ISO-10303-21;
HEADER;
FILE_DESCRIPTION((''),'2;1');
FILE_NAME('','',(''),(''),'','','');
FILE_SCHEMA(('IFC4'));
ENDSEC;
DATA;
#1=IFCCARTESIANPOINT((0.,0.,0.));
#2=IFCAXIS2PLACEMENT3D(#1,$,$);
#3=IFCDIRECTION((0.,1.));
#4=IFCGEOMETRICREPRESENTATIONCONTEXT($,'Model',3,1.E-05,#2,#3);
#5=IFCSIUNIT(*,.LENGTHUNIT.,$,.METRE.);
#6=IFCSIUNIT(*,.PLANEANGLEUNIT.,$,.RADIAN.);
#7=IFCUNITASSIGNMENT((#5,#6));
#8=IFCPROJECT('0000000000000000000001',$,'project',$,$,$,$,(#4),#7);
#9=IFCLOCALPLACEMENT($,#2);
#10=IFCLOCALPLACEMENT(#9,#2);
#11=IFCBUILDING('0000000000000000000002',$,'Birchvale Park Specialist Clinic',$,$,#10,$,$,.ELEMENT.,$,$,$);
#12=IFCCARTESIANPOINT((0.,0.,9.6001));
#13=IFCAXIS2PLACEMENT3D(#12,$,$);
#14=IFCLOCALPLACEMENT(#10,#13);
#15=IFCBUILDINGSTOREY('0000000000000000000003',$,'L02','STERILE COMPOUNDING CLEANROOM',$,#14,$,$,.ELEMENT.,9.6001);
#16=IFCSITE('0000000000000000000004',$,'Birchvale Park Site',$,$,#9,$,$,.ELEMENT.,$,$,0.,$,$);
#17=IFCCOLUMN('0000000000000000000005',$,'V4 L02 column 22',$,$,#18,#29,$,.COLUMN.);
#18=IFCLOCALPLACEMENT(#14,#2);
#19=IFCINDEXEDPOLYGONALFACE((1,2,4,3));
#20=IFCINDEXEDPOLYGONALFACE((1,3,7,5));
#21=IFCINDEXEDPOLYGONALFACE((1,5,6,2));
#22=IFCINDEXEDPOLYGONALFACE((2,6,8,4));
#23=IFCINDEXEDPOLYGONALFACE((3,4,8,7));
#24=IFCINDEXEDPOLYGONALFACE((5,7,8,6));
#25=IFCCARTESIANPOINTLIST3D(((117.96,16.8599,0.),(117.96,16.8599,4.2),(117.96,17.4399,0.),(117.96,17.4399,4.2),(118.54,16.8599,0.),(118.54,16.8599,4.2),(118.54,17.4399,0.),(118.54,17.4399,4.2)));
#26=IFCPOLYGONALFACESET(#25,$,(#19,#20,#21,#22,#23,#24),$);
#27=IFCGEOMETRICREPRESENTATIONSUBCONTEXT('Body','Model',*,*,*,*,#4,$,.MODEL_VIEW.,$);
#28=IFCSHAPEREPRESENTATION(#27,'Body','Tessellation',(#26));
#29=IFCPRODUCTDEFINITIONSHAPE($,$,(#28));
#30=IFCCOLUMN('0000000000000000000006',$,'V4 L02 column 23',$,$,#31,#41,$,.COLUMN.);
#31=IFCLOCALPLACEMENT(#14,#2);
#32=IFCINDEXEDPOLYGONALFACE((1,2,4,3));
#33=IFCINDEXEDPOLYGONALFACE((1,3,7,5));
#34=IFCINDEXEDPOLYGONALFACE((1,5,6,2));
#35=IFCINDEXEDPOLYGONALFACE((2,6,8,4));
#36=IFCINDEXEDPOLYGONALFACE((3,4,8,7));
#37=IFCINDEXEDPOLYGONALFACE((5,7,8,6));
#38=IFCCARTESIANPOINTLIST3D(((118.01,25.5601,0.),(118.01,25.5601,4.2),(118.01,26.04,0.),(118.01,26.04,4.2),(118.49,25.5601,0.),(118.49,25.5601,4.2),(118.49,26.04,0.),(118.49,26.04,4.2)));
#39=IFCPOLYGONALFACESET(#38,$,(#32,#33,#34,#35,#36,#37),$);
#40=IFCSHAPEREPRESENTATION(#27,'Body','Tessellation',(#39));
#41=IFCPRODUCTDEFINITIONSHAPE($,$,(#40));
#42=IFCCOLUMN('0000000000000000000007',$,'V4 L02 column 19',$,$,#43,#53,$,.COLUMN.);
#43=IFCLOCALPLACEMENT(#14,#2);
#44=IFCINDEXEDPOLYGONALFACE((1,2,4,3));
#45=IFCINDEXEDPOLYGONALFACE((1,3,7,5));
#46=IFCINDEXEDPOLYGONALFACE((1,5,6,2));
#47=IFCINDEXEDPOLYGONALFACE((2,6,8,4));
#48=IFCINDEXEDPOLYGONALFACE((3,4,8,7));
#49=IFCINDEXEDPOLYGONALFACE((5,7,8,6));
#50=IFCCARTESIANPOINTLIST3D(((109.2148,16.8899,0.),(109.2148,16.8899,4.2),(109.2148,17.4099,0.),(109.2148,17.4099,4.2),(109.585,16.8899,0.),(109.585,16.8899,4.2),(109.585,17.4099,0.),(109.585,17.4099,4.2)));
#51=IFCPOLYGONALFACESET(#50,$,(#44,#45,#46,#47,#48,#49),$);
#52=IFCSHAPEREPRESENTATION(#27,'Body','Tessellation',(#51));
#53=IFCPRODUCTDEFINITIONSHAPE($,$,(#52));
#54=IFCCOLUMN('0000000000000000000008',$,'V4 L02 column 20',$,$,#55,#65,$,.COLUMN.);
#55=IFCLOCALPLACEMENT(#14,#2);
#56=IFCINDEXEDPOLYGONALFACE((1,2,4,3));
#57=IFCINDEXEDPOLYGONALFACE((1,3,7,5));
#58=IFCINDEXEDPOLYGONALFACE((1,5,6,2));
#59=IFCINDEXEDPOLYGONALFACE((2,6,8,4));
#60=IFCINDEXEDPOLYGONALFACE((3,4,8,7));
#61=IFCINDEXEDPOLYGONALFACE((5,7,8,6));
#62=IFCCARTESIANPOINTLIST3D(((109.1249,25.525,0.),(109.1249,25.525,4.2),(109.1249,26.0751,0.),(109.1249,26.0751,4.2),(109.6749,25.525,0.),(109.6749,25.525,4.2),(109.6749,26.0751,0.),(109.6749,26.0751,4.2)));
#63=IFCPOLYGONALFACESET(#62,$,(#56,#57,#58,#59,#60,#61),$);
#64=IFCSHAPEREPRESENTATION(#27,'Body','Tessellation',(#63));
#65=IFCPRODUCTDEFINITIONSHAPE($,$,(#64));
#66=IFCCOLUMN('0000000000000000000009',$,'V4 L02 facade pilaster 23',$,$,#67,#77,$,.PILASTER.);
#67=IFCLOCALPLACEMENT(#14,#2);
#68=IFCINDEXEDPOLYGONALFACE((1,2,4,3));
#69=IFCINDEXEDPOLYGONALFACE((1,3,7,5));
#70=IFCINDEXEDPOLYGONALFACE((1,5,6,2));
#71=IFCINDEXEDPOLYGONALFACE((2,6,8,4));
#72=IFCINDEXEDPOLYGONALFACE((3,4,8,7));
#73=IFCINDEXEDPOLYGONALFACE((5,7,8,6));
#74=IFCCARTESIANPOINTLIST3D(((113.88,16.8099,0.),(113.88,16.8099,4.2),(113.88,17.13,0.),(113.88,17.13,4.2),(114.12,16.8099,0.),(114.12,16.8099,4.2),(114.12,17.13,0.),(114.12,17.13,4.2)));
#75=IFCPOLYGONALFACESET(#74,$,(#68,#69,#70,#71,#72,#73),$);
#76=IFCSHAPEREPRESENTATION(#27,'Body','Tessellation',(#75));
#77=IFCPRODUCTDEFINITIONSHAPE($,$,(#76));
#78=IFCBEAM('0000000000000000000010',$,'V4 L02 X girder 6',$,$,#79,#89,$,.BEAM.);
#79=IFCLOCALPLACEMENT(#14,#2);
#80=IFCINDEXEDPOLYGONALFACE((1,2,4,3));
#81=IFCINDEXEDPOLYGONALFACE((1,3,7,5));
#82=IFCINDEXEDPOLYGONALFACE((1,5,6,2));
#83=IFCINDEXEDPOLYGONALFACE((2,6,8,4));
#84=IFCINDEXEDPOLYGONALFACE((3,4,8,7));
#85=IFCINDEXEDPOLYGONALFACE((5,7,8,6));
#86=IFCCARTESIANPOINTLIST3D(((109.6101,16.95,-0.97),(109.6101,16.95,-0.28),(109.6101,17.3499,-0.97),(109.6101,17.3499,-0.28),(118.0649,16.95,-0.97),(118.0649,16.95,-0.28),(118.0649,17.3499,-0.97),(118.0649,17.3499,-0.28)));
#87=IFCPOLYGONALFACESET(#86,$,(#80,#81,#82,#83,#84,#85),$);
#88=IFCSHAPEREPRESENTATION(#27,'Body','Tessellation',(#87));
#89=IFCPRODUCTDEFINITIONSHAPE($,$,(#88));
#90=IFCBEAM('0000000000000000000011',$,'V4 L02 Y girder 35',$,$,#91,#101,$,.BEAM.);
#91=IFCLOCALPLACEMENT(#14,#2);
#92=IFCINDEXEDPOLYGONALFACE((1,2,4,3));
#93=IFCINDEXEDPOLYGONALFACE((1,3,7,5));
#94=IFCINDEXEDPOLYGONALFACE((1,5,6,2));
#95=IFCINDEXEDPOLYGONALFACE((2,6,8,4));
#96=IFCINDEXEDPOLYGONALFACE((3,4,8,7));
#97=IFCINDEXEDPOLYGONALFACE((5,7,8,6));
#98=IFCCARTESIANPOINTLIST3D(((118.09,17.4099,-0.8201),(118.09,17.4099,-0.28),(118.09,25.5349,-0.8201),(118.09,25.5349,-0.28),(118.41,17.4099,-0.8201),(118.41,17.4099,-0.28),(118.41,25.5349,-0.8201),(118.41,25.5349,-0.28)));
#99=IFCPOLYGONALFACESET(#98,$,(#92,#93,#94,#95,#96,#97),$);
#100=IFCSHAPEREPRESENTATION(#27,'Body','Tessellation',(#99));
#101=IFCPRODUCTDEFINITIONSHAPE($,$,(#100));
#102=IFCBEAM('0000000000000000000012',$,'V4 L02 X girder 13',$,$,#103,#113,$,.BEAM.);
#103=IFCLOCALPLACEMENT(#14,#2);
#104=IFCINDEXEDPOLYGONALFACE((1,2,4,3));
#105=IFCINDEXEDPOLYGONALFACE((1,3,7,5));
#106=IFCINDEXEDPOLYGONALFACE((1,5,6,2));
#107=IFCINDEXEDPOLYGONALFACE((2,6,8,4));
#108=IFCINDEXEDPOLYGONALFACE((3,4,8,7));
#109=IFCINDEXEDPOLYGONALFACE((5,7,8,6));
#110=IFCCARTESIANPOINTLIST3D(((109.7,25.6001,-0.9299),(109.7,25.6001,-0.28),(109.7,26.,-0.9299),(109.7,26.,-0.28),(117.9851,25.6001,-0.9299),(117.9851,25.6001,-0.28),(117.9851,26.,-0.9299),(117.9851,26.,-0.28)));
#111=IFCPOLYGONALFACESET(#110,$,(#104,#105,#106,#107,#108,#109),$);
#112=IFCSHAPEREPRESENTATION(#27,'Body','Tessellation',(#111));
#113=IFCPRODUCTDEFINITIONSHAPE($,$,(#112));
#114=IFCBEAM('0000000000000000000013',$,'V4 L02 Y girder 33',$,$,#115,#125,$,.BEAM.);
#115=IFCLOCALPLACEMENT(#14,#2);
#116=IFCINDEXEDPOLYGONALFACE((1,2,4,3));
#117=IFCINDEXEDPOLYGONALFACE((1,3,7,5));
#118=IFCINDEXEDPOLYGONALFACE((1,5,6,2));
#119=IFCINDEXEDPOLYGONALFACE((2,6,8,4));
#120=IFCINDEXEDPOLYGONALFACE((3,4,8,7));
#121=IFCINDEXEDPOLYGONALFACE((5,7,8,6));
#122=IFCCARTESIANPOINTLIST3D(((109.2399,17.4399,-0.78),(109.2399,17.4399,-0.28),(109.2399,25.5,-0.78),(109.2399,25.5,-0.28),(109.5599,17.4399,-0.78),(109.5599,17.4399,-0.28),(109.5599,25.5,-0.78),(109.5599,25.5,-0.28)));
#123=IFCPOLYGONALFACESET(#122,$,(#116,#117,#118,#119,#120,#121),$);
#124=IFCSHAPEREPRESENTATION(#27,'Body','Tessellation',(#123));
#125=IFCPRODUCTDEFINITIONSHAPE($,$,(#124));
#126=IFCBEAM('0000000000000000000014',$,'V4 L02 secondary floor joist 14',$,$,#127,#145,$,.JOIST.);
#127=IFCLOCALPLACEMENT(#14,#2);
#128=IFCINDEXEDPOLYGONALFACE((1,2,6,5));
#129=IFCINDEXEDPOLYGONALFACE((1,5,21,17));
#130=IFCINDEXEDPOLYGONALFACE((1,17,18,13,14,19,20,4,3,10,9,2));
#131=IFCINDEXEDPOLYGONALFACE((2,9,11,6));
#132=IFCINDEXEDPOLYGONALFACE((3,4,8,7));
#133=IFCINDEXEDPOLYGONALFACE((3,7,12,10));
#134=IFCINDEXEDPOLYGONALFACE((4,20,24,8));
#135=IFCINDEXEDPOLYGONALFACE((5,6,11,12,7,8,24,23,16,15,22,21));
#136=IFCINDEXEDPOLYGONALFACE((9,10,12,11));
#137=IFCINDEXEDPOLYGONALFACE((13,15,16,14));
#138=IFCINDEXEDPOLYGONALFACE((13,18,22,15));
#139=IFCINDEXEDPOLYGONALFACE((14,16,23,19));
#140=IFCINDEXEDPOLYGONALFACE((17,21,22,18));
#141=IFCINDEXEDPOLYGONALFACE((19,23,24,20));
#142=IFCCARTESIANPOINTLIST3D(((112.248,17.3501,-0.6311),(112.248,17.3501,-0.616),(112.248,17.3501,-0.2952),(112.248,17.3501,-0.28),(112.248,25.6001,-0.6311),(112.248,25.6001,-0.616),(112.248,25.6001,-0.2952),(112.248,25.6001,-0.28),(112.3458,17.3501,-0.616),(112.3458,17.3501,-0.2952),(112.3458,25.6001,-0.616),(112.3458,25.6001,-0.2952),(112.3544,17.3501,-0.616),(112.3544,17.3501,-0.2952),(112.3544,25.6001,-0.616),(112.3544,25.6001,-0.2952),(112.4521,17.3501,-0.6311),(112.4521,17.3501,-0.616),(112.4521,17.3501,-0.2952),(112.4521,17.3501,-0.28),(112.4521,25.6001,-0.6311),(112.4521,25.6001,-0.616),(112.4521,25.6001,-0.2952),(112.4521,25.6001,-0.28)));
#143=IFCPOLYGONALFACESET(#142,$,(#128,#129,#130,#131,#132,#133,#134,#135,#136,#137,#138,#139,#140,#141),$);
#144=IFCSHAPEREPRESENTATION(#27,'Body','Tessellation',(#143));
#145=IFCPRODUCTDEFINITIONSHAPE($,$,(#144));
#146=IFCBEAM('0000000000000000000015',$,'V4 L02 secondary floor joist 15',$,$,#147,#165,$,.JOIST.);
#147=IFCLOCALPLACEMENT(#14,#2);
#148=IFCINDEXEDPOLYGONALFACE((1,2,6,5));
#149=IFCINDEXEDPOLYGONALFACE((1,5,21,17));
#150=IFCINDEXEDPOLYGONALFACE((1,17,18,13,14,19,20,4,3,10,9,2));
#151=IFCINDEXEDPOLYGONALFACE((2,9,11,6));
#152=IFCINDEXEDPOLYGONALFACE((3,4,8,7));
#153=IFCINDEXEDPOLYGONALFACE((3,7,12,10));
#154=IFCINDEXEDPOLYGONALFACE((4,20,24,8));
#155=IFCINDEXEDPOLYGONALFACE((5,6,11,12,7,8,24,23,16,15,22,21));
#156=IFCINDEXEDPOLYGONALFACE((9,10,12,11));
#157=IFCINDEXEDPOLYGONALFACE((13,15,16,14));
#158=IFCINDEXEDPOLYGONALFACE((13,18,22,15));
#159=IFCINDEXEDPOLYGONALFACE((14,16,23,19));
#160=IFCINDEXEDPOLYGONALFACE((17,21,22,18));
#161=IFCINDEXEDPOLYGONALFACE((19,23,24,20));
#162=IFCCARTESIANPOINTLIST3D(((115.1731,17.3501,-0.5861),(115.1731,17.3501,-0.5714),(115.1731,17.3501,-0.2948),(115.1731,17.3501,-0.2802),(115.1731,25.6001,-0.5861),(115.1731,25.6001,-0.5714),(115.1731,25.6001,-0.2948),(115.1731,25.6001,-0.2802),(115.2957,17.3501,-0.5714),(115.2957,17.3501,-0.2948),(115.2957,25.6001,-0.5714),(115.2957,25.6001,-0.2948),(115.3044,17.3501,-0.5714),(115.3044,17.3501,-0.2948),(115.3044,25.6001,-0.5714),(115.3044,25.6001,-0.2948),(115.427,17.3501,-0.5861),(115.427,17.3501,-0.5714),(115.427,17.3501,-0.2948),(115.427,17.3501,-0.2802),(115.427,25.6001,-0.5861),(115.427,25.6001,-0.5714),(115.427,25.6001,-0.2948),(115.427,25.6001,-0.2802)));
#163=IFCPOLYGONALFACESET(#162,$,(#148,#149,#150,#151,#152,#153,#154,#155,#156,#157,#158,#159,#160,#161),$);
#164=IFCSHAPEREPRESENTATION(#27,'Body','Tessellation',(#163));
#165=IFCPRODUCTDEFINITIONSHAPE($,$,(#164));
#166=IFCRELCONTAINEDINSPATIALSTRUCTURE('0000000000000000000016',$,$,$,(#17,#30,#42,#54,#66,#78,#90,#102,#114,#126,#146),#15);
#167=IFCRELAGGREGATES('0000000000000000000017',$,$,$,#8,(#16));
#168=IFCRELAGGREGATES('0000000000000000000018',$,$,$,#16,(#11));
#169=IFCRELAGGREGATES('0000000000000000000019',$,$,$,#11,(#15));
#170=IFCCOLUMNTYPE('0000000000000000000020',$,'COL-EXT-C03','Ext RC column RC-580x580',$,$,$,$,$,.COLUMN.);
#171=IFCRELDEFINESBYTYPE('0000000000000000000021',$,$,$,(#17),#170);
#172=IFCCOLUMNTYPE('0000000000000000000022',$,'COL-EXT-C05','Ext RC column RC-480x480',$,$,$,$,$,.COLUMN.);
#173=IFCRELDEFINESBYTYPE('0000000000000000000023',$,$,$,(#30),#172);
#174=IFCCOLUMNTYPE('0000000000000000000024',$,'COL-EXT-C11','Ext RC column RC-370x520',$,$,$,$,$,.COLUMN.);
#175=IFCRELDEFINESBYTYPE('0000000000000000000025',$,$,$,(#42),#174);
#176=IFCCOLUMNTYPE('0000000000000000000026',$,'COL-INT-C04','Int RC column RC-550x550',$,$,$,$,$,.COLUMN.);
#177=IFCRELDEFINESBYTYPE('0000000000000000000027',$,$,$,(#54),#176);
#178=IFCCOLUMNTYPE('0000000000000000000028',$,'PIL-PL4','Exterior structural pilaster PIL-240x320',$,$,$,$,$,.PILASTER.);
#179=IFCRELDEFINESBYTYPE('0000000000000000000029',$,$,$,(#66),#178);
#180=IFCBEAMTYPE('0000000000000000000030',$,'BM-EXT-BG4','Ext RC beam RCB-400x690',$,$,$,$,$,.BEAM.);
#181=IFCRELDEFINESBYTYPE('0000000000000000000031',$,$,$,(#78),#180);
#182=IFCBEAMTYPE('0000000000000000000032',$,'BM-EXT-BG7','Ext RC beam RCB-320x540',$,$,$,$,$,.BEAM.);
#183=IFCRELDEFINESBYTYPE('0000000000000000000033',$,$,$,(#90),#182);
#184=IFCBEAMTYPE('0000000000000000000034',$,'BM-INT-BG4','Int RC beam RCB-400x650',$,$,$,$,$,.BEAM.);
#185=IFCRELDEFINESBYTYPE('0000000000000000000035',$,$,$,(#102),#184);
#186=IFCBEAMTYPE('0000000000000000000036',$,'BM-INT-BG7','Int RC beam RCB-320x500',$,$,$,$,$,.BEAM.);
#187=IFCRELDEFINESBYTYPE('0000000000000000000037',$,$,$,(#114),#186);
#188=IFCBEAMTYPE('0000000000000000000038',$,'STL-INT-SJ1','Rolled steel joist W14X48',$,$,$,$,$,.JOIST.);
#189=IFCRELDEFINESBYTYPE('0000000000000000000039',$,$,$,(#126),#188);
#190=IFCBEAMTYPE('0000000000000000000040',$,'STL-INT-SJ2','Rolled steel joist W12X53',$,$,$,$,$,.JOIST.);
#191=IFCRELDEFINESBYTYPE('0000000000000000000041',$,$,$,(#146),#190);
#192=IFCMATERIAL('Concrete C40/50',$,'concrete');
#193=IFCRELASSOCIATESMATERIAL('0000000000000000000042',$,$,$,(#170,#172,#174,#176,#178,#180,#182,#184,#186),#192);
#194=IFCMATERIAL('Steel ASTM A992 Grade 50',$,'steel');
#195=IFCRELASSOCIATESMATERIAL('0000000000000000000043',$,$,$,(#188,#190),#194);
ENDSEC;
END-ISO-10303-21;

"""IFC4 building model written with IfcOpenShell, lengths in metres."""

from ifc_helpers import new_model, si_unit, direction, frame, origin, origin_2d, place, context, subcontext, project, spatial, rectangle, i_section, extrude, material, material_profile, profile_set, type_object, element, save


model = new_model("IFC4")

# Units and contexts
model_context = context("Model", 3, precision=1e-05, world=origin(), true_north=direction((0.0, 1.0)))
body_context = subcontext(model_context, "Body", "Model", "MODEL_VIEW")
ifc_project = project(units=[si_unit("LENGTHUNIT", "METRE"), si_unit("PLANEANGLEUNIT", "RADIAN")], contexts=[model_context])

# Site, building, storey
site_placement = place(None, origin())
site = spatial("IfcSite", under=ifc_project, at=site_placement, Name="Birchvale Park Site", CompositionType="ELEMENT", RefElevation=0.0)
building_placement = place(site_placement, origin())
building = spatial("IfcBuilding", under=site, at=building_placement, Name="Birchvale Park Specialist Clinic", CompositionType="ELEMENT")
storey_placement = place(building_placement, frame((0.0, 0.0, 9.6001)))
storey = spatial("IfcBuildingStorey", under=building, at=storey_placement, Name="L02", Description="STERILE COMPOUNDING CLEANROOM", CompositionType="ELEMENT", Elevation=9.6001)

# Columns
ifc_material_1 = material(Name="Concrete C40/50", Category="concrete")
ifc_material_profile_1 = material_profile(ifc_material_1, rectangle(XDim=0.5801, YDim=0.5801, at=origin_2d()), Name="RC-580x580")
ifc_profile_set_1 = profile_set([ifc_material_profile_1], Name="Concrete C40/50")
column_type_1 = type_object("IfcColumnType", Name="COL-EXT-C03", Description="Ext RC column RC-580x580", PredefinedType="COLUMN", material=ifc_profile_set_1)
column_1_placement = place(storey_placement, frame((118.25, 17.1499, 0.0), z_axis=(0.0, 0.0, 1.0), x_axis=(1.0, 0.0, 0.0)))
element("IfcColumn", 1, at=column_1_placement, inside=storey, type_object=column_type_1, Name="V4 L02 column 22", PredefinedType="COLUMN", context=body_context, shape_type="SweptSolid", body=[
    extrude(rectangle(XDim=0.5801, YDim=0.5801, at=origin_2d()), origin(), (0.0, 0.0, 1.0), 4.2),
])
ifc_material_profile_2 = material_profile(ifc_material_1, rectangle(XDim=0.48, YDim=0.48, at=origin_2d()), Name="RC-480x480")
ifc_profile_set_2 = profile_set([ifc_material_profile_2], Name="Concrete C40/50")
column_type_2 = type_object("IfcColumnType", Name="COL-EXT-C05", Description="Ext RC column RC-480x480", PredefinedType="COLUMN", material=ifc_profile_set_2)
column_2_placement = place(storey_placement, frame((118.25, 25.8, 0.0), z_axis=(0.0, 0.0, 1.0), x_axis=(1.0, 0.0, 0.0)))
element("IfcColumn", 2, at=column_2_placement, inside=storey, type_object=column_type_2, Name="V4 L02 column 23", PredefinedType="COLUMN", context=body_context, shape_type="SweptSolid", body=[
    extrude(rectangle(XDim=0.48, YDim=0.48, at=origin_2d()), origin(), (0.0, 0.0, 1.0), 4.2),
])
ifc_material_profile_3 = material_profile(ifc_material_1, rectangle(XDim=0.3701, YDim=0.52, at=origin_2d()), Name="RC-370x520")
ifc_profile_set_3 = profile_set([ifc_material_profile_3], Name="Concrete C40/50")
column_type_3 = type_object("IfcColumnType", Name="COL-EXT-C11", Description="Ext RC column RC-370x520", PredefinedType="COLUMN", material=ifc_profile_set_3)
column_3_placement = place(storey_placement, frame((109.3999, 17.1499, 0.0), z_axis=(0.0, 0.0, 1.0), x_axis=(1.0, 0.0, 0.0)))
element("IfcColumn", 3, at=column_3_placement, inside=storey, type_object=column_type_3, Name="V4 L02 column 19", PredefinedType="COLUMN", context=body_context, shape_type="SweptSolid", body=[
    extrude(rectangle(XDim=0.3701, YDim=0.52, at=origin_2d()), origin(), (0.0, 0.0, 1.0), 4.2),
])
ifc_material_profile_4 = material_profile(ifc_material_1, rectangle(XDim=0.55, YDim=0.55, at=origin_2d()), Name="RC-550x550")
ifc_profile_set_4 = profile_set([ifc_material_profile_4], Name="Concrete C40/50")
column_type_4 = type_object("IfcColumnType", Name="COL-INT-C04", Description="Int RC column RC-550x550", PredefinedType="COLUMN", material=ifc_profile_set_4)
column_4_placement = place(storey_placement, frame((109.3999, 25.8, 0.0), z_axis=(0.0, 0.0, 1.0), x_axis=(1.0, 0.0, 0.0)))
element("IfcColumn", 4, at=column_4_placement, inside=storey, type_object=column_type_4, Name="V4 L02 column 20", PredefinedType="COLUMN", context=body_context, shape_type="SweptSolid", body=[
    extrude(rectangle(XDim=0.55, YDim=0.55, at=origin_2d()), origin(), (0.0, 0.0, 1.0), 4.2),
])
ifc_material_profile_5 = material_profile(ifc_material_1, rectangle(XDim=0.24, YDim=0.3201, at=origin_2d()), Name="PIL-240x320")
ifc_profile_set_5 = profile_set([ifc_material_profile_5], Name="Concrete C40/50")
column_type_5 = type_object("IfcColumnType", Name="PIL-PL4", Description="Exterior structural pilaster PIL-240x320", PredefinedType="PILASTER", material=ifc_profile_set_5)
column_5_placement = place(storey_placement, frame((114.0, 16.97, 0.0), z_axis=(0.0, 0.0, 1.0), x_axis=(1.0, 0.0, 0.0)))
element("IfcColumn", 5, at=column_5_placement, inside=storey, type_object=column_type_5, Name="V4 L02 facade pilaster 23", PredefinedType="PILASTER", context=body_context, shape_type="SweptSolid", body=[
    extrude(rectangle(XDim=0.24, YDim=0.3201, at=origin_2d()), origin(), (0.0, 0.0, 1.0), 4.2),
])

# Beams
ifc_material_profile_6 = material_profile(ifc_material_1, rectangle(XDim=0.3999, YDim=0.6899, at=origin_2d()), Name="RCB-400x690")
ifc_profile_set_6 = profile_set([ifc_material_profile_6], Name="Concrete C40/50")
beam_type_1 = type_object("IfcBeamType", Name="BM-EXT-BG4", Description="Ext RC beam RCB-400x690", PredefinedType="BEAM", material=ifc_profile_set_6)
beam_1_placement = place(storey_placement, frame((109.6101, 17.1499, -0.625), z_axis=(1.0, 0.0, 0.0), x_axis=(0.0, 1.0, 0.0)))
element("IfcBeam", 6, at=beam_1_placement, inside=storey, type_object=beam_type_1, Name="V4 L02 X girder 6", PredefinedType="BEAM", context=body_context, shape_type="SweptSolid", body=[
    extrude(rectangle(XDim=0.3999, YDim=0.6899, at=origin_2d()), origin(), (0.0, 0.0, 1.0), 8.4548),
])
ifc_material_profile_7 = material_profile(ifc_material_1, rectangle(XDim=0.3201, YDim=0.54, at=origin_2d()), Name="RCB-320x540")
ifc_profile_set_7 = profile_set([ifc_material_profile_7], Name="Concrete C40/50")
beam_type_2 = type_object("IfcBeamType", Name="BM-EXT-BG7", Description="Ext RC beam RCB-320x540", PredefinedType="BEAM", material=ifc_profile_set_7)
beam_2_placement = place(storey_placement, frame((118.25, 17.4099, -0.55), z_axis=(0.0, 1.0, 0.0), x_axis=(-1.0, 0.0, 0.0)))
element("IfcBeam", 7, at=beam_2_placement, inside=storey, type_object=beam_type_2, Name="V4 L02 Y girder 35", PredefinedType="BEAM", context=body_context, shape_type="SweptSolid", body=[
    extrude(rectangle(XDim=0.3201, YDim=0.54, at=origin_2d()), origin(), (0.0, 0.0, 1.0), 8.125),
])
ifc_material_profile_8 = material_profile(ifc_material_1, rectangle(XDim=0.3999, YDim=0.6499, at=origin_2d()), Name="RCB-400x650")
ifc_profile_set_8 = profile_set([ifc_material_profile_8], Name="Concrete C40/50")
beam_type_3 = type_object("IfcBeamType", Name="BM-INT-BG4", Description="Int RC beam RCB-400x650", PredefinedType="BEAM", material=ifc_profile_set_8)
beam_3_placement = place(storey_placement, frame((109.7, 25.8, -0.605), z_axis=(1.0, 0.0, 0.0), x_axis=(0.0, 1.0, 0.0)))
element("IfcBeam", 8, at=beam_3_placement, inside=storey, type_object=beam_type_3, Name="V4 L02 X girder 13", PredefinedType="BEAM", context=body_context, shape_type="SweptSolid", body=[
    extrude(rectangle(XDim=0.3999, YDim=0.6499, at=origin_2d()), origin(), (0.0, 0.0, 1.0), 8.2852),
])
ifc_material_profile_9 = material_profile(ifc_material_1, rectangle(XDim=0.3201, YDim=0.5, at=origin_2d()), Name="RCB-320x500")
ifc_profile_set_9 = profile_set([ifc_material_profile_9], Name="Concrete C40/50")
beam_type_4 = type_object("IfcBeamType", Name="BM-INT-BG7", Description="Int RC beam RCB-320x500", PredefinedType="BEAM", material=ifc_profile_set_9)
beam_4_placement = place(storey_placement, frame((109.3999, 17.4399, -0.53), z_axis=(0.0, 1.0, 0.0), x_axis=(-1.0, 0.0, 0.0)))
element("IfcBeam", 9, at=beam_4_placement, inside=storey, type_object=beam_type_4, Name="V4 L02 Y girder 33", PredefinedType="BEAM", context=body_context, shape_type="SweptSolid", body=[
    extrude(rectangle(XDim=0.3201, YDim=0.5, at=origin_2d()), origin(), (0.0, 0.0, 1.0), 8.0601),
])
ifc_material_2 = material(Name="Steel ASTM A992 Grade 50", Category="steel")
ifc_material_profile_10 = material_profile(ifc_material_2, i_section(OverallWidth=0.2041, OverallDepth=0.3511, WebThickness=0.0085, FlangeThickness=0.0151, at=origin_2d()), Name="W14X48")
ifc_profile_set_10 = profile_set([ifc_material_profile_10], Name="Steel ASTM A992 Grade 50")
beam_type_5 = type_object("IfcBeamType", Name="STL-INT-SJ1", Description="Rolled steel joist W14X48", PredefinedType="JOIST", material=ifc_profile_set_10)
beam_5_placement = place(storey_placement, frame((112.3501, 17.3501, -0.4556), z_axis=(0.0, 1.0, 0.0), x_axis=(-1.0, 0.0, 0.0)))
element("IfcBeam", 10, at=beam_5_placement, inside=storey, type_object=beam_type_5, Name="V4 L02 secondary floor joist 14", PredefinedType="JOIST", context=body_context, shape_type="SweptSolid", body=[
    extrude(i_section(OverallWidth=0.2041, OverallDepth=0.3511, WebThickness=0.0085, FlangeThickness=0.0151, at=origin_2d()), origin(), (0.0, 0.0, 1.0), 8.25),
])
ifc_material_profile_11 = material_profile(ifc_material_2, i_section(OverallWidth=0.2539, OverallDepth=0.3059, WebThickness=0.0088, FlangeThickness=0.0146, at=origin_2d()), Name="W12X53")
ifc_profile_set_11 = profile_set([ifc_material_profile_11], Name="Steel ASTM A992 Grade 50")
beam_type_6 = type_object("IfcBeamType", Name="STL-INT-SJ2", Description="Rolled steel joist W12X53", PredefinedType="JOIST", material=ifc_profile_set_11)
beam_6_placement = place(storey_placement, frame((115.3, 17.3501, -0.4331), z_axis=(0.0, 1.0, 0.0), x_axis=(-1.0, 0.0, 0.0)))
element("IfcBeam", 11, at=beam_6_placement, inside=storey, type_object=beam_type_6, Name="V4 L02 secondary floor joist 15", PredefinedType="JOIST", context=body_context, shape_type="SweptSolid", body=[
    extrude(i_section(OverallWidth=0.2539, OverallDepth=0.3059, WebThickness=0.0088, FlangeThickness=0.0146, at=origin_2d()), origin(), (0.0, 0.0, 1.0), 8.25),
])

save(model, "model.ifc")
